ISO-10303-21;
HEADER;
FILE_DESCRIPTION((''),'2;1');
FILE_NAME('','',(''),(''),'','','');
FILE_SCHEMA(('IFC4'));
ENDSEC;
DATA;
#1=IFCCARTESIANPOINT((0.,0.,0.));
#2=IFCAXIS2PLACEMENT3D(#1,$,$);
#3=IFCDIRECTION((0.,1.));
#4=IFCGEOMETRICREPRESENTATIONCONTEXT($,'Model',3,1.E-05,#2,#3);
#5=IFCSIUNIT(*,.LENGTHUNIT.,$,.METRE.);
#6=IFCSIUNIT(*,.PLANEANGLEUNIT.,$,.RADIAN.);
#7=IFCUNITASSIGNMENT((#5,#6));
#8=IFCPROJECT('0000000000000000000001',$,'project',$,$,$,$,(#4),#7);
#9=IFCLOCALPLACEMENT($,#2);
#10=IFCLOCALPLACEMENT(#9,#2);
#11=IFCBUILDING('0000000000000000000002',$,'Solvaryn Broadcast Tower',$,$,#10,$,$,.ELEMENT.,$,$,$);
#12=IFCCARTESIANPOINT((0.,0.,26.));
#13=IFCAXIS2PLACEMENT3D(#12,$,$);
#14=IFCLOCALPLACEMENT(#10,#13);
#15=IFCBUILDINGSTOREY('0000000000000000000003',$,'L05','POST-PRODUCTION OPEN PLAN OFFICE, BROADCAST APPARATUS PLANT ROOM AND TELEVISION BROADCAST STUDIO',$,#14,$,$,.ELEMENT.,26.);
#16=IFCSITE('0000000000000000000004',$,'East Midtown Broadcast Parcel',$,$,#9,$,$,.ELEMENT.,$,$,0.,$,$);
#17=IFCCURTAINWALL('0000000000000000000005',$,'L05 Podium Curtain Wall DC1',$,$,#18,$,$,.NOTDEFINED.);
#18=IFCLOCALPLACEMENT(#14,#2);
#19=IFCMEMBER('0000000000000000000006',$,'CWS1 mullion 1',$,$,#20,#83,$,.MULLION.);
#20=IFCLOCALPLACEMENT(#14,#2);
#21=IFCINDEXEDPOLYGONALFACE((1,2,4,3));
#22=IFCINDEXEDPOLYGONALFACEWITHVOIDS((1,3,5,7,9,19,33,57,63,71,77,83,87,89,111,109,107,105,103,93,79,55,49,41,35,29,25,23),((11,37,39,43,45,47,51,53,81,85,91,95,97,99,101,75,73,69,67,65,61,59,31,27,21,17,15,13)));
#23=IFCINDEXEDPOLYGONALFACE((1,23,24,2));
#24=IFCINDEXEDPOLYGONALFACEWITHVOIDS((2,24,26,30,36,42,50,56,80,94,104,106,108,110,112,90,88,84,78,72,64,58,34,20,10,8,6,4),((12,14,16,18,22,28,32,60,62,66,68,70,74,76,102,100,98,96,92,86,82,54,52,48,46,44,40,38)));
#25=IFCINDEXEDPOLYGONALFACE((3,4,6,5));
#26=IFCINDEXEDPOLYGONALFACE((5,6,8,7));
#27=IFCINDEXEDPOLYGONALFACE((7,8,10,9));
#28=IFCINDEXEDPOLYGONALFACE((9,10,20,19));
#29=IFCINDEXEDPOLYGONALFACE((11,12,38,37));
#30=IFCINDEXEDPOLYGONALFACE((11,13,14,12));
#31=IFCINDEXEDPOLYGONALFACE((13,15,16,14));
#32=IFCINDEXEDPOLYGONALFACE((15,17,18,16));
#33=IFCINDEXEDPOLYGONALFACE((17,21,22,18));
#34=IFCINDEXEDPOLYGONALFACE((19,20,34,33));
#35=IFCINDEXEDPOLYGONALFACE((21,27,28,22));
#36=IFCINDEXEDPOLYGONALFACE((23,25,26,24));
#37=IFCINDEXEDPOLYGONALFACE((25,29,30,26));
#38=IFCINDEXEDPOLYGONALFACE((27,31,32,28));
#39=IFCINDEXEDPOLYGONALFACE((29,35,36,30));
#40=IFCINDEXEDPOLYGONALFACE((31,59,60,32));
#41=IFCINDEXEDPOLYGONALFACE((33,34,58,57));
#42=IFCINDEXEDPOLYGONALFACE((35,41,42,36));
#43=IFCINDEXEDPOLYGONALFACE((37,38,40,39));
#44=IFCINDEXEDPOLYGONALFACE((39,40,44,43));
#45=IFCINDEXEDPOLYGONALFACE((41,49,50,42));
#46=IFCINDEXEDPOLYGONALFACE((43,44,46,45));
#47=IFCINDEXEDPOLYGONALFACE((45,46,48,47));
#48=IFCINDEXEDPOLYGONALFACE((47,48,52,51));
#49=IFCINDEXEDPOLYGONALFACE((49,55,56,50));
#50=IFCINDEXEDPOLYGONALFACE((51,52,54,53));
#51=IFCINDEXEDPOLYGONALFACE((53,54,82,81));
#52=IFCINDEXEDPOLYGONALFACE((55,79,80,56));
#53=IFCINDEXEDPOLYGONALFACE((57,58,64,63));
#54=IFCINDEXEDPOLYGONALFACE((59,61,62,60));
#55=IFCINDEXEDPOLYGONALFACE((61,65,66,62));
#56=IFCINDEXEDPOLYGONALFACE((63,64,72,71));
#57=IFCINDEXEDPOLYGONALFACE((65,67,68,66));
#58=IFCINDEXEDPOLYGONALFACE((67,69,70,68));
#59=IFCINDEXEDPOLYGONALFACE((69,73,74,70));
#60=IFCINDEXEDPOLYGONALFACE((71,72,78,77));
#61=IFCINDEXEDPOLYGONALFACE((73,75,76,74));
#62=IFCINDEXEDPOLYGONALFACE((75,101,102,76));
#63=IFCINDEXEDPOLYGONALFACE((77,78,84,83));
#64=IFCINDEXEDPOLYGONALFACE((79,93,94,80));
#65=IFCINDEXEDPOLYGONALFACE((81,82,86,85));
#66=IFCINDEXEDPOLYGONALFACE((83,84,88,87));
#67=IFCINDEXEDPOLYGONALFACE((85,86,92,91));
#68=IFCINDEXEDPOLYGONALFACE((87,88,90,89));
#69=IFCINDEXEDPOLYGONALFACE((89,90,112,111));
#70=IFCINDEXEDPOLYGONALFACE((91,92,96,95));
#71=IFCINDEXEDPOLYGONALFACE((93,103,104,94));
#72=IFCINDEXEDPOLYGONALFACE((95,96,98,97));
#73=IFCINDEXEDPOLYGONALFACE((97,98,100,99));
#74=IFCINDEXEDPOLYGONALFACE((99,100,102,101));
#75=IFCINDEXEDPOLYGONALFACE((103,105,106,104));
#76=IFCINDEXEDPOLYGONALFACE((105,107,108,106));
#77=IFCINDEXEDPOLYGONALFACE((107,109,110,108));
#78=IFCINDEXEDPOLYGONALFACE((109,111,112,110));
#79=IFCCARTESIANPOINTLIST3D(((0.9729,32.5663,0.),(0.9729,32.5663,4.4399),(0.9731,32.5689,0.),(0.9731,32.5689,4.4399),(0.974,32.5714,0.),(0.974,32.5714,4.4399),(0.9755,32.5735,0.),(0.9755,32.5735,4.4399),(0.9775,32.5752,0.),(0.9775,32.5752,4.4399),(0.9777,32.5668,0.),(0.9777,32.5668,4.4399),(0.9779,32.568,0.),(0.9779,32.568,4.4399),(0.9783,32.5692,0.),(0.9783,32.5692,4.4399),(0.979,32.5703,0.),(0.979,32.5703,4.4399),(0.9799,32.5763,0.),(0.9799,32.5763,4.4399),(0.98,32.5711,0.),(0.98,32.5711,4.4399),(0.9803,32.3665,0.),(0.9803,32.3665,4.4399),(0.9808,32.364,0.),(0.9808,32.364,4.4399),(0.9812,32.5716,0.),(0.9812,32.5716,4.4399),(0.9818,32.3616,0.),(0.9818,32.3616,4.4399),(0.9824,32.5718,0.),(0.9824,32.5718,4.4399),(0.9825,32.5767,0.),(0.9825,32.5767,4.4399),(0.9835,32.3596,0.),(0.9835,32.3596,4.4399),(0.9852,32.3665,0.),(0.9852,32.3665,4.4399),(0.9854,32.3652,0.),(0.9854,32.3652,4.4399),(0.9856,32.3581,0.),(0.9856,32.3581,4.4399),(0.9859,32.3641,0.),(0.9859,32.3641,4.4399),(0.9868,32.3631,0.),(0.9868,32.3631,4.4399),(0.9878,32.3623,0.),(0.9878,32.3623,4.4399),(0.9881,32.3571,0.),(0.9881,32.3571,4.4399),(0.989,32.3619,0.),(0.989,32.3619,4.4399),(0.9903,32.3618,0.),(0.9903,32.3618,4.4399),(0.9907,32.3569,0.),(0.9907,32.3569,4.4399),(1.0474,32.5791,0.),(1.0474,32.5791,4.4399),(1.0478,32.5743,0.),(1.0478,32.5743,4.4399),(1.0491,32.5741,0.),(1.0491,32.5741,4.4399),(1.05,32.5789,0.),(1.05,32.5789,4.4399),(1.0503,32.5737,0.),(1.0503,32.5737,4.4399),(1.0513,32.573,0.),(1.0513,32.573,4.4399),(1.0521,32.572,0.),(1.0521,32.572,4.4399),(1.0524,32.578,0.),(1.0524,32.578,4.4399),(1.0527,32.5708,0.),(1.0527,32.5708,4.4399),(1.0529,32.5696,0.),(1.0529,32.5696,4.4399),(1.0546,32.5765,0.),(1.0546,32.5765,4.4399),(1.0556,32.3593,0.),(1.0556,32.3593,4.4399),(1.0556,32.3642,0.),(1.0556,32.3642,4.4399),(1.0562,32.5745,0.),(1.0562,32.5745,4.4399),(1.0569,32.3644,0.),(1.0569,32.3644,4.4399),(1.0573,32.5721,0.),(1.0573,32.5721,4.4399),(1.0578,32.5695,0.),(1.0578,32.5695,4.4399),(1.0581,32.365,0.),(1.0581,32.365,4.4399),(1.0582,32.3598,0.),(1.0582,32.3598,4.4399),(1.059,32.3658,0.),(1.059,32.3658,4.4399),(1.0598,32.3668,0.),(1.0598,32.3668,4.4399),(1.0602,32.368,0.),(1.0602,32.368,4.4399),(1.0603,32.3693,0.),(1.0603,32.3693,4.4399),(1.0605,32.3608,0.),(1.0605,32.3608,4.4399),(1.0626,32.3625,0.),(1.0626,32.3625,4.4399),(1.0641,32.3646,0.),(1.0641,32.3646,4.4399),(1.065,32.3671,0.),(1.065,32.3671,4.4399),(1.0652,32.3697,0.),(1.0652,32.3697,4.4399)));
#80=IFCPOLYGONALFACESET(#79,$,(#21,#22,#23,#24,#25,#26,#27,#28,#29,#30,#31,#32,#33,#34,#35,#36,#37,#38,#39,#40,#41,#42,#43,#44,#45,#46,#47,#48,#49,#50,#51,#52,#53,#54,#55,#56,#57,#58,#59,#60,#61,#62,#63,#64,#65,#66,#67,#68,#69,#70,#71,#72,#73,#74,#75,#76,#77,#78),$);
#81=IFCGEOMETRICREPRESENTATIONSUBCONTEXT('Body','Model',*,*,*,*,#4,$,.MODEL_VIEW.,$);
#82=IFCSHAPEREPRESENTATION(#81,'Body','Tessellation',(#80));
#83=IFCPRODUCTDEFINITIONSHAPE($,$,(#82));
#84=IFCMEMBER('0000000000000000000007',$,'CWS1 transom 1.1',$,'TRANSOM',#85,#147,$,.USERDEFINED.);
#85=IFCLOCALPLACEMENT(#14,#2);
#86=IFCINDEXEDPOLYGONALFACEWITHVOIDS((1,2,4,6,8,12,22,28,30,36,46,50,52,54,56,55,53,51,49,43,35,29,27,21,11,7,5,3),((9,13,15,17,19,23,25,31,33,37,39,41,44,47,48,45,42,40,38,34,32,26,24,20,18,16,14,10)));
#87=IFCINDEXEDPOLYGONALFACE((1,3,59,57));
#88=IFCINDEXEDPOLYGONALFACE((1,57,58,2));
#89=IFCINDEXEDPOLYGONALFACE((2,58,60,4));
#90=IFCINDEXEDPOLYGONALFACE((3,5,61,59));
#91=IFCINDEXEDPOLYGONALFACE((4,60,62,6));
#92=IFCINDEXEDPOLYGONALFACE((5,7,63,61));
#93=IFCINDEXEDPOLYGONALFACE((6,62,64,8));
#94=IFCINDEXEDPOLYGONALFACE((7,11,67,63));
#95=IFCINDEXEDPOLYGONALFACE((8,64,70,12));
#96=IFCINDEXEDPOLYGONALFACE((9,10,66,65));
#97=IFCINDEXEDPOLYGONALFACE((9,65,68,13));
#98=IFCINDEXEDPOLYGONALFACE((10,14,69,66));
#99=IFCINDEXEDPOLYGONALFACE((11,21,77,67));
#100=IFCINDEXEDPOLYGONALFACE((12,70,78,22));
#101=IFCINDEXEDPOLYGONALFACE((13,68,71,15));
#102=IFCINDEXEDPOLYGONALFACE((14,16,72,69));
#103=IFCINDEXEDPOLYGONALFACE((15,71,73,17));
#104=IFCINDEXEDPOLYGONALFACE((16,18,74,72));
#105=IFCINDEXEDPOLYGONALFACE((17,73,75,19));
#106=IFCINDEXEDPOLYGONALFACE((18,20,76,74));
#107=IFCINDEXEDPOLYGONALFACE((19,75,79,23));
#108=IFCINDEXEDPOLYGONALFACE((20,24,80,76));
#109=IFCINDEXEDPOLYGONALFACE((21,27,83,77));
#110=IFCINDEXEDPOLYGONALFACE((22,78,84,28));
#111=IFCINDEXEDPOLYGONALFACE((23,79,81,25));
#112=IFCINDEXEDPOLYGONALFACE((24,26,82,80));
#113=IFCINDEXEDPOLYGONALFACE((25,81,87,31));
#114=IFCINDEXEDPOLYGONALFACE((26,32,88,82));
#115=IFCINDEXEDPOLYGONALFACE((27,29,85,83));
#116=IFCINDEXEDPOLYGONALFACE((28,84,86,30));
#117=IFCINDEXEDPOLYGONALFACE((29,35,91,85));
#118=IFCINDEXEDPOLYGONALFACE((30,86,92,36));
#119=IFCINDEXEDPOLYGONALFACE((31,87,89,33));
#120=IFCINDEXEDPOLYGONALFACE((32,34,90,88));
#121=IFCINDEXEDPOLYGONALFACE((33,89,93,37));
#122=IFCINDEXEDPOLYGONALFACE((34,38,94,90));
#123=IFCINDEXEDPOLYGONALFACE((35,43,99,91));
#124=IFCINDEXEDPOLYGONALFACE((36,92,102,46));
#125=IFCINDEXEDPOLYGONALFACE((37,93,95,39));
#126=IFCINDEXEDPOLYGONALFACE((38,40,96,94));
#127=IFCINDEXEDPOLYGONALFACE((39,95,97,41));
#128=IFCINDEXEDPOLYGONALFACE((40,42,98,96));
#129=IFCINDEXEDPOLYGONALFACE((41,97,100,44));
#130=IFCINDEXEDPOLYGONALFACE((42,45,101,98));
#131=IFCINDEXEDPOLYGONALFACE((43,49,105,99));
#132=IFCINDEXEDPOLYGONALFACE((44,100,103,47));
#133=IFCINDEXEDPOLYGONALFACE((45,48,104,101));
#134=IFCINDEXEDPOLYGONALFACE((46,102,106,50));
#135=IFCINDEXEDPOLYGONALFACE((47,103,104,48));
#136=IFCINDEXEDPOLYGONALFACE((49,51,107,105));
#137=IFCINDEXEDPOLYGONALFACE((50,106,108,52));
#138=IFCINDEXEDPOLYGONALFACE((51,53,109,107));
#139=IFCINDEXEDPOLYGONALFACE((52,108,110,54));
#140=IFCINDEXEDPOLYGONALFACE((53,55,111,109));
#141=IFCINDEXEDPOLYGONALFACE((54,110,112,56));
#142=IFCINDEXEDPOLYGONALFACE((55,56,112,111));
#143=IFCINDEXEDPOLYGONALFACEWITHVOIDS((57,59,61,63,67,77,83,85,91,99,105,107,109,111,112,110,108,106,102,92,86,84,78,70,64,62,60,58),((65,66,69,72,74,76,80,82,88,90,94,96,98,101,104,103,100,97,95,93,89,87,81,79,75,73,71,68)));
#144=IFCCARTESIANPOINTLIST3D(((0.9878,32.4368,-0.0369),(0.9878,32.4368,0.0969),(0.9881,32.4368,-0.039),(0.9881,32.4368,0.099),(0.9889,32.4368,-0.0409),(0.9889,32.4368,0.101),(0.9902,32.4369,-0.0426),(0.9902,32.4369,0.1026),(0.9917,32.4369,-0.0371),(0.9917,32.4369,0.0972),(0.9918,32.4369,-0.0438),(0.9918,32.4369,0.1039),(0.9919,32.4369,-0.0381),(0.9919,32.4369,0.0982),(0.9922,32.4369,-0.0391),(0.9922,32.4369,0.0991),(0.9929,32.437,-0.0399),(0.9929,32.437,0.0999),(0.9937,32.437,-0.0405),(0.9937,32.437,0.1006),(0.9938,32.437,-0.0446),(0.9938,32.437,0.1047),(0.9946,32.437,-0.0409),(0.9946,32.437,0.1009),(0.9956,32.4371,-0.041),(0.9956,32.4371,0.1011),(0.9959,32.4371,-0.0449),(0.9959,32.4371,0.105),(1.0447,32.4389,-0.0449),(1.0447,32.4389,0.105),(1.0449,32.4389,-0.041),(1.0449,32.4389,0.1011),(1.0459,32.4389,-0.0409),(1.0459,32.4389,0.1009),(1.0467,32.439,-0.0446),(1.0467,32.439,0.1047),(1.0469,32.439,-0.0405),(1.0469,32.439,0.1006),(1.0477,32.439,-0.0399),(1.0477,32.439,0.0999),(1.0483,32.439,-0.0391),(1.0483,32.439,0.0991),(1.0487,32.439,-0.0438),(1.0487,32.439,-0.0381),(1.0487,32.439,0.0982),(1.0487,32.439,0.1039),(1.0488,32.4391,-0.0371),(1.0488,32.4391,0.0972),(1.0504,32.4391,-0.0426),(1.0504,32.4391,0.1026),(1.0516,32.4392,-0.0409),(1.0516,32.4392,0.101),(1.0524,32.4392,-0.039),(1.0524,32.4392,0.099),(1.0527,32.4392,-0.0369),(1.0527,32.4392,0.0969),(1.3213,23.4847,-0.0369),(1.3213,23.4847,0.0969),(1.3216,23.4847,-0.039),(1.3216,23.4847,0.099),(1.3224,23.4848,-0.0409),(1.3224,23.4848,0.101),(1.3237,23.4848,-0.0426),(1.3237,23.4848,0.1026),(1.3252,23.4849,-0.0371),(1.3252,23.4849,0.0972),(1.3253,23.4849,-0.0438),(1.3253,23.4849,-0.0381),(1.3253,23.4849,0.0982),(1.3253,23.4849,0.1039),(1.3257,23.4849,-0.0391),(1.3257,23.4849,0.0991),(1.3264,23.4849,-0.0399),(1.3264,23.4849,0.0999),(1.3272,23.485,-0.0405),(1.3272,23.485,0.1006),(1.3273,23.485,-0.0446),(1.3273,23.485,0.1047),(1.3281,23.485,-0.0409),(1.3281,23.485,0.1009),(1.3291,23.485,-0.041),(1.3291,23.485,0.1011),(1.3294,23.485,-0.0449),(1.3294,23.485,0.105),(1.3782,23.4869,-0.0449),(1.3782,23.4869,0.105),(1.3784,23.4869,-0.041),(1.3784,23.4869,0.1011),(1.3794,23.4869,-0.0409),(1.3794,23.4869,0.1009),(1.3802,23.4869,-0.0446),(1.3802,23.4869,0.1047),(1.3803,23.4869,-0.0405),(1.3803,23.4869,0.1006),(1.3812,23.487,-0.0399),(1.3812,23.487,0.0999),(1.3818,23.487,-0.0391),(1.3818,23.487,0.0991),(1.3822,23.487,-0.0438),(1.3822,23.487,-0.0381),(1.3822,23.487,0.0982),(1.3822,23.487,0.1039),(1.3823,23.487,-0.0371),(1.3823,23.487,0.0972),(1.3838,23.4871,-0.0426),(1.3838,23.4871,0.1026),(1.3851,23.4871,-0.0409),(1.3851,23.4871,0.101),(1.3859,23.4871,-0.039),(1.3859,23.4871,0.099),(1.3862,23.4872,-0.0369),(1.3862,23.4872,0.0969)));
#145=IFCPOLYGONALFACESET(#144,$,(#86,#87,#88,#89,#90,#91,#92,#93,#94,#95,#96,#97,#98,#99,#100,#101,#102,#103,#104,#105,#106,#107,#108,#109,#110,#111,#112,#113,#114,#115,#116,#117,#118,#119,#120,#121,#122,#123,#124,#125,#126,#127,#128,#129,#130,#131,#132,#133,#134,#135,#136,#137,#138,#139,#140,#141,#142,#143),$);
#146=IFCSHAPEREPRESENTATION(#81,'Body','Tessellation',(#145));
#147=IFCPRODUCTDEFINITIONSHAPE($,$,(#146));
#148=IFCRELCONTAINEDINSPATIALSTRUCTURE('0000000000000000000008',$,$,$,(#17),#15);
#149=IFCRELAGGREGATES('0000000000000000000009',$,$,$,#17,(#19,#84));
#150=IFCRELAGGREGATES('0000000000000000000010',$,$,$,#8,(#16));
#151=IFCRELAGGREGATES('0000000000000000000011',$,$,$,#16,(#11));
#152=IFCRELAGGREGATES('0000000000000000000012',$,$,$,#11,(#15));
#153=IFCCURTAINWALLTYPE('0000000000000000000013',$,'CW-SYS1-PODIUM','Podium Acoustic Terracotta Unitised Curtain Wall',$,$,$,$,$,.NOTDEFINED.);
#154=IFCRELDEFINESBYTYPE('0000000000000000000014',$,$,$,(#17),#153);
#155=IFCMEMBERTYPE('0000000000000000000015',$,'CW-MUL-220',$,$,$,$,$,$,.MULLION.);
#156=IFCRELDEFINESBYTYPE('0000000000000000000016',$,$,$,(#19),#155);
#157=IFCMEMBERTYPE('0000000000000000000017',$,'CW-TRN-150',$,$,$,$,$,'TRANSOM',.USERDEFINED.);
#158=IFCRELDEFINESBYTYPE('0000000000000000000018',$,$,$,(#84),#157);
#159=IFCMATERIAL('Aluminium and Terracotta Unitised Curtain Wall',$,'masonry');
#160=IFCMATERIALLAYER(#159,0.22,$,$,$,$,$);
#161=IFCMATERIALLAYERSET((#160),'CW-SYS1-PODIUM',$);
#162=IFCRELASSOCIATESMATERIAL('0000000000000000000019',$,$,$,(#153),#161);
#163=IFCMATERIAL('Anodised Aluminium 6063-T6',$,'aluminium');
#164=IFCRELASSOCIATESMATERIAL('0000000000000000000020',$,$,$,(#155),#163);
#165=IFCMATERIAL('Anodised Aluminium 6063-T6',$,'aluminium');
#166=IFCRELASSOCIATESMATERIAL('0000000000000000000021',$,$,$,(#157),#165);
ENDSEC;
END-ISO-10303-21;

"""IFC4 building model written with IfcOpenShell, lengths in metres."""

from ifc_helpers import new_model, si_unit, direction, frame, origin, origin_2d, place, context, subcontext, project, spatial, hollow_rectangle, extrude, material, layer, layer_set, material_profile, profile_set, type_object, element, aggregate, save


model = new_model("IFC4")

# Units and contexts
model_context = context("Model", 3, precision=1e-05, world=origin(), true_north=direction((0.0, 1.0)))
body_context = subcontext(model_context, "Body", "Model", "MODEL_VIEW")
ifc_project = project(units=[si_unit("LENGTHUNIT", "METRE"), si_unit("PLANEANGLEUNIT", "RADIAN")], contexts=[model_context])

# Site, building, storey
site_placement = place(None, origin())
site = spatial("IfcSite", under=ifc_project, at=site_placement, Name="East Midtown Broadcast Parcel", CompositionType="ELEMENT", RefElevation=0.0)
building_placement = place(site_placement, origin())
building = spatial("IfcBuilding", under=site, at=building_placement, Name="Solvaryn Broadcast Tower", CompositionType="ELEMENT")
storey_placement = place(building_placement, frame((0.0, 0.0, 26.0)))
storey = spatial("IfcBuildingStorey", under=building, at=storey_placement, Name="L05", Description="POST-PRODUCTION OPEN PLAN OFFICE, BROADCAST APPARATUS PLANT ROOM AND TELEVISION BROADCAST STUDIO", CompositionType="ELEMENT", Elevation=26.0)

# Curtain wall, members
ifc_material_1 = material(Name="Aluminium and Terracotta Unitised Curtain Wall", Category="masonry")
ifc_layer_1 = layer(ifc_material_1, 0.22)
ifc_layer_set_1 = layer_set([ifc_layer_1], Name="CW-SYS1-PODIUM")
curtain_wall_type = type_object("IfcCurtainWallType", Name="CW-SYS1-PODIUM", Description="Podium Acoustic Terracotta Unitised Curtain Wall", PredefinedType="NOTDEFINED", material=ifc_layer_set_1)
curtain_wall_placement = place(storey_placement, origin())
curtain_wall = element("IfcCurtainWall", 1, at=curtain_wall_placement, inside=storey, type_object=curtain_wall_type, Name="L05 Podium Curtain Wall DC1", PredefinedType="NOTDEFINED")
ifc_material_2 = material(Name="Anodised Aluminium 6063-T6", Category="aluminium")
ifc_material_profile_1 = material_profile(ifc_material_2, hollow_rectangle(XDim=0.085, YDim=0.22, WallThickness=0.0049, InnerFilletRadius=0.0049, OuterFilletRadius=0.01, at=origin_2d()))
ifc_profile_set_1 = profile_set([ifc_material_profile_1], Name="Anodised Aluminium 6063-T6")
member_type_1 = type_object("IfcMemberType", Name="CW-MUL-220", PredefinedType="MULLION", material=ifc_profile_set_1)
member_1_placement = place(storey_placement, frame((1.019, 32.468, 0.0), z_axis=(0.0, 0.0, 1.0), x_axis=(0.999307, 0.037232, 0.0)))
member_1 = element("IfcMember", 2, at=member_1_placement, type_object=member_type_1, Name="CWS1 mullion 1", PredefinedType="MULLION", context=body_context, shape_type="SweptSolid", body=[
    extrude(hollow_rectangle(XDim=0.085, YDim=0.22, WallThickness=0.0049, InnerFilletRadius=0.0049, OuterFilletRadius=0.01, at=origin_2d()), origin(), (0.0, 0.0, 1.0), 4.4399),
])
ifc_material_3 = material(Name="Anodised Aluminium 6063-T6", Category="aluminium")
ifc_material_profile_2 = material_profile(ifc_material_3, hollow_rectangle(XDim=0.0649, YDim=0.1499, WallThickness=0.0039, InnerFilletRadius=0.0039, OuterFilletRadius=0.0081, at=origin_2d()))
ifc_profile_set_2 = profile_set([ifc_material_profile_2], Name="Anodised Aluminium 6063-T6")
member_type_2 = type_object("IfcMemberType", Name="CW-TRN-150", ElementType="TRANSOM", PredefinedType="USERDEFINED", material=ifc_profile_set_2)
member_2_placement = place(storey_placement, frame((1.0203, 32.438, 0.03), z_axis=(0.037227, -0.999307, 0.0), x_axis=(0.999307, 0.037227, 0.0)))
member_2 = element("IfcMember", 3, at=member_2_placement, type_object=member_type_2, Name="CWS1 transom 1.1", ObjectType="TRANSOM", PredefinedType="USERDEFINED", context=body_context, shape_type="SweptSolid", body=[
    extrude(hollow_rectangle(XDim=0.0649, YDim=0.1499, WallThickness=0.0039, InnerFilletRadius=0.0039, OuterFilletRadius=0.0081, at=origin_2d()), origin(), (0.0, 0.0, 1.0), 8.9583),
])
aggregate(curtain_wall, [member_1, member_2])

save(model, "model.ifc")
